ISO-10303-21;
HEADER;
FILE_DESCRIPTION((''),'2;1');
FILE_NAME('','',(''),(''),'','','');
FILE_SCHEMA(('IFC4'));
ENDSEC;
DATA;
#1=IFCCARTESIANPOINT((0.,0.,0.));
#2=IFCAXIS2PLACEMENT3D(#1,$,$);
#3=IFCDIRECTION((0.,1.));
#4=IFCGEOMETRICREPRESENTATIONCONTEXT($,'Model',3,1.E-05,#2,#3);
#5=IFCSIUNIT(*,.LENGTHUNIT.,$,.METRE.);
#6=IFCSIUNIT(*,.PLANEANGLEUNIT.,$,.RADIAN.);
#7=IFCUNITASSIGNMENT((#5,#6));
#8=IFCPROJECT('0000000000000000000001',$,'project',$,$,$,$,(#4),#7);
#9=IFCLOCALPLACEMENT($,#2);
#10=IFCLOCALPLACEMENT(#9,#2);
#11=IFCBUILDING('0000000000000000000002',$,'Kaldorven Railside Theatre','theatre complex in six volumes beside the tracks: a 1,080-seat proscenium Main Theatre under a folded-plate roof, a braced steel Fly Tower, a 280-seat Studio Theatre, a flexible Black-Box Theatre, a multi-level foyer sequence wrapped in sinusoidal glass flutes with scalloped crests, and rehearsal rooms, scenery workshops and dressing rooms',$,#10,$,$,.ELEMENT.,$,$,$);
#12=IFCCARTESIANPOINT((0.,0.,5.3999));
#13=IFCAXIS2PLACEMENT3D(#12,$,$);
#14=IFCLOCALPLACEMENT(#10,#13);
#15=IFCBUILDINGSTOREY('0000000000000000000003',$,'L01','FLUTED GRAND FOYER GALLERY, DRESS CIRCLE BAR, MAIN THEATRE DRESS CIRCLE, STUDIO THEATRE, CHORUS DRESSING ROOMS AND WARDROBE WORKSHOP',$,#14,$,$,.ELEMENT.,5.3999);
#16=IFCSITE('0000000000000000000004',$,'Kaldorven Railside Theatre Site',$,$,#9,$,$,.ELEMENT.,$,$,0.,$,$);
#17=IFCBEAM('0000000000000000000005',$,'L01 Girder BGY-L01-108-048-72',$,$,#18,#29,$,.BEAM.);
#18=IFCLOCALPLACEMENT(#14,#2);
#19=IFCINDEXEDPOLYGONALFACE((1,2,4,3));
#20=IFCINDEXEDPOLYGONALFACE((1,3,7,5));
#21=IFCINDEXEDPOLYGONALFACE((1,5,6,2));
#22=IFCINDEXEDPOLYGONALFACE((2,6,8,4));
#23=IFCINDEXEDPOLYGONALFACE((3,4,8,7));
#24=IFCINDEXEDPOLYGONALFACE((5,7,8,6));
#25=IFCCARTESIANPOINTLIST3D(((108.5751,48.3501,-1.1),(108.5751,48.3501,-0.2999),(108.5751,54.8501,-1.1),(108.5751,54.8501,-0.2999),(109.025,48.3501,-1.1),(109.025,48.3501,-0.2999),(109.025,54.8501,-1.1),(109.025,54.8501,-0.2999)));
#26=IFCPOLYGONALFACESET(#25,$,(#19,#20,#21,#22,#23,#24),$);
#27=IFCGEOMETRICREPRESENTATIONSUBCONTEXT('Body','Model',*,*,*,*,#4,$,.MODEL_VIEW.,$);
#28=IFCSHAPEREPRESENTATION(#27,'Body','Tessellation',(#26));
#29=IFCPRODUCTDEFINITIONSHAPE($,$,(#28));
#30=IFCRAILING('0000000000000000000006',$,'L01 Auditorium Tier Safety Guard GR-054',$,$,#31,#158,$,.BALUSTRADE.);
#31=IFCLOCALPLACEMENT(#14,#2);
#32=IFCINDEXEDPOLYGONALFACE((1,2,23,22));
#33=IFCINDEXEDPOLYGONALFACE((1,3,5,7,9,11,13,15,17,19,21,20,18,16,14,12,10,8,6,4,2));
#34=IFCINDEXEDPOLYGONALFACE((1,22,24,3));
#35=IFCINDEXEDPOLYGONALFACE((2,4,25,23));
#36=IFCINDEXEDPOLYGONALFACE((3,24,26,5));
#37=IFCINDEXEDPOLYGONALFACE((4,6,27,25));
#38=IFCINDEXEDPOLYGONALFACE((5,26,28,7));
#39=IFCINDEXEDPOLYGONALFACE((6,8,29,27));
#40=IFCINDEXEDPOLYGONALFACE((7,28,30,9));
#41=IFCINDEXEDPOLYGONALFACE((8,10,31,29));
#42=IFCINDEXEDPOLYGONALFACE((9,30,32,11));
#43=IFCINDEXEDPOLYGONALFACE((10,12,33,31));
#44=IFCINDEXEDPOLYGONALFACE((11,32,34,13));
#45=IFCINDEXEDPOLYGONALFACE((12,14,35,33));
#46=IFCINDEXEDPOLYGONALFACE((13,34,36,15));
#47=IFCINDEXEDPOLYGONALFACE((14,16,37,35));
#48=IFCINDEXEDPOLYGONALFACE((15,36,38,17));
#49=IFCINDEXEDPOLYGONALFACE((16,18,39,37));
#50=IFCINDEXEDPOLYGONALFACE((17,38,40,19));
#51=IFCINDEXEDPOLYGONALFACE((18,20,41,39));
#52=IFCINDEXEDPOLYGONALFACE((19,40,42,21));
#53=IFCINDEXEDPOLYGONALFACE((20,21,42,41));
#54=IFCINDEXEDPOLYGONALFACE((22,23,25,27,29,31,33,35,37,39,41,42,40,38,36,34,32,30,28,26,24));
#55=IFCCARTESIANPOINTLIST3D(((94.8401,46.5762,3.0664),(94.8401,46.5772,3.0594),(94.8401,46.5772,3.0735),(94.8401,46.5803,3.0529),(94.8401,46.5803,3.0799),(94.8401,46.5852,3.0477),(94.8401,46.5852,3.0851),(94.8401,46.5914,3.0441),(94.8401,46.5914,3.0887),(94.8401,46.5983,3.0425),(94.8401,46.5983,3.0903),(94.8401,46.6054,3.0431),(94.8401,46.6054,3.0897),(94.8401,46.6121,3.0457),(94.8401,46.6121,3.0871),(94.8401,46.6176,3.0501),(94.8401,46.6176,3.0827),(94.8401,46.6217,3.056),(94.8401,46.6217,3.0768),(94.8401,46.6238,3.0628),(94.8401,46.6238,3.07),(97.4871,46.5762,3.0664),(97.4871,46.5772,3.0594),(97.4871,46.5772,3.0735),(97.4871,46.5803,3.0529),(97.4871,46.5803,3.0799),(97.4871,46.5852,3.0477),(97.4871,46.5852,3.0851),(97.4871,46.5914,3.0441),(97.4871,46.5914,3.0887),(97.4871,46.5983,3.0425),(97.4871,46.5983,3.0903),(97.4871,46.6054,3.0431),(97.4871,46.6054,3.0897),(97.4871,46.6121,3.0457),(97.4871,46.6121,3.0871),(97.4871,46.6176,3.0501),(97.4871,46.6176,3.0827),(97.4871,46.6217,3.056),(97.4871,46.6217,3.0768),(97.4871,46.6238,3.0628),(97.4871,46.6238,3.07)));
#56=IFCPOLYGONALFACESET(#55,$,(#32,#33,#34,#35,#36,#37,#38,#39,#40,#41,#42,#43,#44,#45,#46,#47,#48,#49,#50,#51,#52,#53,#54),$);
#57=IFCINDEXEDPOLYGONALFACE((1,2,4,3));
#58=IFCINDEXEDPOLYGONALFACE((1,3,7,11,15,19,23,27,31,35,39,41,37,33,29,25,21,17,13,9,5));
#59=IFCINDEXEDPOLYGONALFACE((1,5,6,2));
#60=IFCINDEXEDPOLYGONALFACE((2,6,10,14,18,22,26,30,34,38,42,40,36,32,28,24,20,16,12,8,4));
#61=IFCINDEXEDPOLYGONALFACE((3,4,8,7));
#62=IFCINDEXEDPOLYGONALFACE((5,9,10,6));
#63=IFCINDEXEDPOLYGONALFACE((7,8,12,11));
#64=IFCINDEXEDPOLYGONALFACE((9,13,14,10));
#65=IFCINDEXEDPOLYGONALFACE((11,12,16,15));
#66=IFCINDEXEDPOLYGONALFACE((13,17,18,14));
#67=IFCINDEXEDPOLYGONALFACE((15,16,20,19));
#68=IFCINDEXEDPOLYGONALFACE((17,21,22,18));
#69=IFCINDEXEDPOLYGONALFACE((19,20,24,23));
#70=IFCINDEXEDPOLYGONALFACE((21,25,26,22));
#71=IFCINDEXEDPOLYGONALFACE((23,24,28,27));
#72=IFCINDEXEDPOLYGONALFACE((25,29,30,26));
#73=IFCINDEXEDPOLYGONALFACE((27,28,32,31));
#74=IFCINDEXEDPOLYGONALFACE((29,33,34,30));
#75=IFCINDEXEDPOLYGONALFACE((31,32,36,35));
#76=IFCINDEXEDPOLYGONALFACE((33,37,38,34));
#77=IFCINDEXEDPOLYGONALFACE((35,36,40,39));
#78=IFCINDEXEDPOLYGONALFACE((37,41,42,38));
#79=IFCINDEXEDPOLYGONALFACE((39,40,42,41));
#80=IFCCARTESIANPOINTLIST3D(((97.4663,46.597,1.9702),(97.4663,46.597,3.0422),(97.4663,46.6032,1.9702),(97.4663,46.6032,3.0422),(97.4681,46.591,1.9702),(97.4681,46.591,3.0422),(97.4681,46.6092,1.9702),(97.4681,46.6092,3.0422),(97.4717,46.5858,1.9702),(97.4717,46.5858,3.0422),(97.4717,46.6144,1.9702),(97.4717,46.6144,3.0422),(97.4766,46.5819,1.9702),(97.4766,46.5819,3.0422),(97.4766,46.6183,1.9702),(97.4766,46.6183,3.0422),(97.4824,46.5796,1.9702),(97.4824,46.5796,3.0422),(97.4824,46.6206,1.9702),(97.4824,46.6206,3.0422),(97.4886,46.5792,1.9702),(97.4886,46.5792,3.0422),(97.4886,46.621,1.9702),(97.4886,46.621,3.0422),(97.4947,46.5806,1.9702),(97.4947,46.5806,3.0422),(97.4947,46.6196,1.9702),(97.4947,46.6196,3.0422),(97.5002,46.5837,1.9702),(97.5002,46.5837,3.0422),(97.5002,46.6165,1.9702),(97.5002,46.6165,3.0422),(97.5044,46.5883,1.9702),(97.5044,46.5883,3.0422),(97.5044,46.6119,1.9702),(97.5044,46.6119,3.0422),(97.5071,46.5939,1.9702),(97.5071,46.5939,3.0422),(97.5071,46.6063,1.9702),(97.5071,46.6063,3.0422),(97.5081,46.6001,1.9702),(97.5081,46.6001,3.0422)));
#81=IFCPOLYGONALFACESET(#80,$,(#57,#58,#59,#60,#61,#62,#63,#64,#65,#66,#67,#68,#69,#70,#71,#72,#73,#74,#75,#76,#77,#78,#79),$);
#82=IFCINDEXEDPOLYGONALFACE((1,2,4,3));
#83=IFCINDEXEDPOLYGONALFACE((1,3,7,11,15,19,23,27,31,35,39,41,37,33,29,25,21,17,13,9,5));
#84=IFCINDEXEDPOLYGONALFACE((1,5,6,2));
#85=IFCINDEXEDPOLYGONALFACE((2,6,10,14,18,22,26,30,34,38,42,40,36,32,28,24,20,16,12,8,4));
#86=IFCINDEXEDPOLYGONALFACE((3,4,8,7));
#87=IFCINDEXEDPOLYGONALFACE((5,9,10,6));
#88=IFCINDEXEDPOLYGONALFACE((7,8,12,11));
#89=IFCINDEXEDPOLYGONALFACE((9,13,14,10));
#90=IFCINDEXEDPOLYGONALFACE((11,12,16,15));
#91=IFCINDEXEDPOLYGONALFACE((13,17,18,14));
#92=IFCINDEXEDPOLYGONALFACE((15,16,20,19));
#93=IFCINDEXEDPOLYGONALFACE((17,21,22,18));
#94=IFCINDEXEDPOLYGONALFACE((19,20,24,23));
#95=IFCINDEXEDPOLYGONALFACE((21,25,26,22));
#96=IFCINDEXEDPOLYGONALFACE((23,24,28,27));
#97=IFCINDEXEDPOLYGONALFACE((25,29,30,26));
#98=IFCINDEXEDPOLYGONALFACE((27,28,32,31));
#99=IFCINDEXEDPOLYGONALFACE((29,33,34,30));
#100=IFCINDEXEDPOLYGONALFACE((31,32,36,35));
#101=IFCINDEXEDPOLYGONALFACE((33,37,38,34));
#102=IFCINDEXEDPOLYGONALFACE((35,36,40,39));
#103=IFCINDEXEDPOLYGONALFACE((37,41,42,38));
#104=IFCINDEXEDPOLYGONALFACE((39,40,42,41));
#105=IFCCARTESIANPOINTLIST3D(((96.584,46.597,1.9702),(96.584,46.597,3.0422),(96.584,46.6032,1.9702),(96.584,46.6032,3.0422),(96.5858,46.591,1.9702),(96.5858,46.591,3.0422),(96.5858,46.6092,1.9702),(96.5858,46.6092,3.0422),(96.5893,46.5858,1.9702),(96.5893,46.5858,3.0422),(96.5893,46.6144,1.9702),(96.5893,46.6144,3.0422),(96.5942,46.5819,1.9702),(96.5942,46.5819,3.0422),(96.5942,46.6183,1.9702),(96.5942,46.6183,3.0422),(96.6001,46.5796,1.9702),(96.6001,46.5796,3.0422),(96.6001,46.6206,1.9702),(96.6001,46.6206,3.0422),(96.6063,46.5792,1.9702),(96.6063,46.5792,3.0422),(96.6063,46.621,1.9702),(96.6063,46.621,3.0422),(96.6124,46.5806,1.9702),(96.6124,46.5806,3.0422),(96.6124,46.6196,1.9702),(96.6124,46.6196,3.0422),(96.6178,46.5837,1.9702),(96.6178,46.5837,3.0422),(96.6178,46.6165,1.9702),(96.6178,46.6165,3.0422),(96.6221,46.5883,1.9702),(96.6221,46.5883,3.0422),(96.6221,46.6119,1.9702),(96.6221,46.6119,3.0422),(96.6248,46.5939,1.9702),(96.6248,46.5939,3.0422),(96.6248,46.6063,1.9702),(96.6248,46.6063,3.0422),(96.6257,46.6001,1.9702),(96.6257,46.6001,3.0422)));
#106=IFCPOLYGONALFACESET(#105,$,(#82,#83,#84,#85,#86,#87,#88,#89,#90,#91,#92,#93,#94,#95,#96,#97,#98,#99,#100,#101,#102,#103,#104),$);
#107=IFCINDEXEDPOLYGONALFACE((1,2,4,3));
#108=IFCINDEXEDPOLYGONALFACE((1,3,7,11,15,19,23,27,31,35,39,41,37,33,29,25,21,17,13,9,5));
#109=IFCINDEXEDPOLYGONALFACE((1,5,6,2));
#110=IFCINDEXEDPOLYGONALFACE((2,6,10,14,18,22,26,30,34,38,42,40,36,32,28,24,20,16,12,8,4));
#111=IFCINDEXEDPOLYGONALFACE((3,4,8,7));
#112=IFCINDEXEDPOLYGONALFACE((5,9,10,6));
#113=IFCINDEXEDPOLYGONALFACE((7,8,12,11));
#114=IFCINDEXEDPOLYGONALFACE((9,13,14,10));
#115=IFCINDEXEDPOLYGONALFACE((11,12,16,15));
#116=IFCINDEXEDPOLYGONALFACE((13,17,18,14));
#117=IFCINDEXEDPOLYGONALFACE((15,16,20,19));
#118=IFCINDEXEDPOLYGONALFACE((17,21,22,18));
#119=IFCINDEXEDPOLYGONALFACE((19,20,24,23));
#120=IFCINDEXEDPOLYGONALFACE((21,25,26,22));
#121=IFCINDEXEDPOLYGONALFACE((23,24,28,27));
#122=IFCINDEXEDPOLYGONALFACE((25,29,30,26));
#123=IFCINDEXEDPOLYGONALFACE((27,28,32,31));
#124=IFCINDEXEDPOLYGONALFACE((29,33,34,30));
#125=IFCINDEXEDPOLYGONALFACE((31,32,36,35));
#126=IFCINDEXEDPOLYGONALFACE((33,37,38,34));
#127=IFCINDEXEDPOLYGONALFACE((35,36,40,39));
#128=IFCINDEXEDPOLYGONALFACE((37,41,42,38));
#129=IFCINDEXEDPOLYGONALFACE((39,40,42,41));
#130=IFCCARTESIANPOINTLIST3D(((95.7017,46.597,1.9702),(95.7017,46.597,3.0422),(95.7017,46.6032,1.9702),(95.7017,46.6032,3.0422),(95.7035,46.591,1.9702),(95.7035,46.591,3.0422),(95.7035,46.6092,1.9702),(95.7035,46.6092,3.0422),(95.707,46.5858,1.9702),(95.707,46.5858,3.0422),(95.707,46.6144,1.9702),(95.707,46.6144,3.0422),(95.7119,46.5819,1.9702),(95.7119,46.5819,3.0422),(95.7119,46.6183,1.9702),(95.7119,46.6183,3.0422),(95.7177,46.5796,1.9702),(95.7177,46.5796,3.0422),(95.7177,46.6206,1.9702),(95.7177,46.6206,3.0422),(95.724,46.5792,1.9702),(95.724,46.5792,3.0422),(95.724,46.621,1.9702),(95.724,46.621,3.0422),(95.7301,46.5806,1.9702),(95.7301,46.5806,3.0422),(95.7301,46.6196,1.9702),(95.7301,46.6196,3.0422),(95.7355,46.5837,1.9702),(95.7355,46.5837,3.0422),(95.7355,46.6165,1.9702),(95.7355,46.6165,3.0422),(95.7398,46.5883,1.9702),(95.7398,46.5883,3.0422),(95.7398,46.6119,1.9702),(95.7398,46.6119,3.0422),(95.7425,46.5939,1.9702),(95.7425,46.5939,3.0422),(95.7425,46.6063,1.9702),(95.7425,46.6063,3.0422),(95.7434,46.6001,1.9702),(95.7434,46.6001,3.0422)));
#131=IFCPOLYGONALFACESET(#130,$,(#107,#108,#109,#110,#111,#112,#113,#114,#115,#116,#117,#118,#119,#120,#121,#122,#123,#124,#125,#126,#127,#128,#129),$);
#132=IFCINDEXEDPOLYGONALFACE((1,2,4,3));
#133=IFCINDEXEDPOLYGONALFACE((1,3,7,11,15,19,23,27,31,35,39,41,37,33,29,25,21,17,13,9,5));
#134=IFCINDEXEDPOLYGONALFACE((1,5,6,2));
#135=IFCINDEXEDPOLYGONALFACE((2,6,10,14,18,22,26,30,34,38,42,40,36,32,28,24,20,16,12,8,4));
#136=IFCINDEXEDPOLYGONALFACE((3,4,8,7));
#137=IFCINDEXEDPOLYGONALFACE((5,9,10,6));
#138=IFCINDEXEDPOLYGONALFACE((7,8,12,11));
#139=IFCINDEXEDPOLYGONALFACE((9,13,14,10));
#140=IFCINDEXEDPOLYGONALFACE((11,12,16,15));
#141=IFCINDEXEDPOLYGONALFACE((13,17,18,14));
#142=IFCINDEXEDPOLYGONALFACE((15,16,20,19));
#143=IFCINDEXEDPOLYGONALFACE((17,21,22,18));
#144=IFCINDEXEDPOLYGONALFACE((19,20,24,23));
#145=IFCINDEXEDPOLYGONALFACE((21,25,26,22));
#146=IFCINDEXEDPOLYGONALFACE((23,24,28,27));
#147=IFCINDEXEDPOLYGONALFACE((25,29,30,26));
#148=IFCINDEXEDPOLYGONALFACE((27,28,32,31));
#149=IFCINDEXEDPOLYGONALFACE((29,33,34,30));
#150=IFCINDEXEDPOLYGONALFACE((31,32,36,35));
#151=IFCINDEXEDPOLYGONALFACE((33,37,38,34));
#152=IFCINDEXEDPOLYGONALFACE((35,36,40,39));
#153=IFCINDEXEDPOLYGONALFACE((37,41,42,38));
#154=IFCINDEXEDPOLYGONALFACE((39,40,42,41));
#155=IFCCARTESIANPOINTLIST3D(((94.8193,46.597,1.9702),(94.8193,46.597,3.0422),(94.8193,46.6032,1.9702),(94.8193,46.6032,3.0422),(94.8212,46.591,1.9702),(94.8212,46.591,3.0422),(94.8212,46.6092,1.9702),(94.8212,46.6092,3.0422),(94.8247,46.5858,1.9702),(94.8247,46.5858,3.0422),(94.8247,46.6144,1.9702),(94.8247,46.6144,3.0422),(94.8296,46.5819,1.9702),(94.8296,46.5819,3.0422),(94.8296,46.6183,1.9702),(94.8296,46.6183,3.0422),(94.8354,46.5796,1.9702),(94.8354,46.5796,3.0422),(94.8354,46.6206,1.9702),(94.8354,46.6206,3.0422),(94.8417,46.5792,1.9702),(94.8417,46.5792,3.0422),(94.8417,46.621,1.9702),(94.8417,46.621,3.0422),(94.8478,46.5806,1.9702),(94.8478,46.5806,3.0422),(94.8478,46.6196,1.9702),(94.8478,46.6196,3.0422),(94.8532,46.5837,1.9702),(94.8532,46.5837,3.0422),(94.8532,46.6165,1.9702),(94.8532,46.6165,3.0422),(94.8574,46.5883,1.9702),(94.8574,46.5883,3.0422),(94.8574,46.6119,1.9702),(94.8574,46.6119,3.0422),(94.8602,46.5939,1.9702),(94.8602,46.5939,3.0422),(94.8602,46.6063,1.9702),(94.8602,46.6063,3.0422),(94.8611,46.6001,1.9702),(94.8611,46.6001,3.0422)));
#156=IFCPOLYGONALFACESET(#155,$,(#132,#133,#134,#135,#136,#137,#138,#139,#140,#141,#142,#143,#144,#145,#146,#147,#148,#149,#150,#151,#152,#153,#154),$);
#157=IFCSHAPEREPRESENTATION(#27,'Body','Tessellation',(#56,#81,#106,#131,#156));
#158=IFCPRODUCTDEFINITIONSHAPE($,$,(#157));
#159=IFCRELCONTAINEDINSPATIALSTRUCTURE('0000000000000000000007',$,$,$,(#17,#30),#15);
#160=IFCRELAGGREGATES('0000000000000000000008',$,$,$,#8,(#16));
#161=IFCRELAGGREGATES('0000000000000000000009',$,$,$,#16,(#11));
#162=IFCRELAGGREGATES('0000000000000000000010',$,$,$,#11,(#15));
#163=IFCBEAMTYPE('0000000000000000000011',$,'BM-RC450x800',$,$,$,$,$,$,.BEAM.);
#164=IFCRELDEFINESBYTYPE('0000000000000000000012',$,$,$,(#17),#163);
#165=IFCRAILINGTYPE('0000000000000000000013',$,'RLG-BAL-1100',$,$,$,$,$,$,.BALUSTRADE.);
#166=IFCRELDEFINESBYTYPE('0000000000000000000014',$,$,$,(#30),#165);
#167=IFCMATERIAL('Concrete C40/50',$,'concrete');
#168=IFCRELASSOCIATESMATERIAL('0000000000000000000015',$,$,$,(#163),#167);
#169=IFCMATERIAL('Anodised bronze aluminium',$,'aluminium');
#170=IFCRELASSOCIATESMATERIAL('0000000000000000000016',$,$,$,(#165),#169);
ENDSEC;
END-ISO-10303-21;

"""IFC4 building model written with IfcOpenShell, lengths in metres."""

from ifc_helpers import new_model, si_unit, direction, frame, origin, origin_2d, place, context, subcontext, project, spatial, rectangle, circle, extrude, material, material_profile, profile_set, type_object, element, save


model = new_model("IFC4")

# Units and contexts
model_context = context("Model", 3, precision=1e-05, world=origin(), true_north=direction((0.0, 1.0)))
body_context = subcontext(model_context, "Body", "Model", "MODEL_VIEW")
ifc_project = project(units=[si_unit("LENGTHUNIT", "METRE"), si_unit("PLANEANGLEUNIT", "RADIAN")], contexts=[model_context])

# Site, building, storey
site_placement = place(None, origin())
site = spatial("IfcSite", under=ifc_project, at=site_placement, Name="Kaldorven Railside Theatre Site", CompositionType="ELEMENT", RefElevation=0.0)
building_placement = place(site_placement, origin())
building = spatial("IfcBuilding", under=site, at=building_placement, Name="Kaldorven Railside Theatre", Description="theatre complex in six volumes beside the tracks: a 1,080-seat proscenium Main Theatre under a folded-plate roof, a braced steel Fly Tower, a 280-seat Studio Theatre, a flexible Black-Box Theatre, a multi-level foyer sequence wrapped in sinusoidal glass flutes with scalloped crests, and rehearsal rooms, scenery workshops and dressing rooms", CompositionType="ELEMENT")
storey_placement = place(building_placement, frame((0.0, 0.0, 5.3999)))
storey = spatial("IfcBuildingStorey", under=building, at=storey_placement, Name="L01", Description="FLUTED GRAND FOYER GALLERY, DRESS CIRCLE BAR, MAIN THEATRE DRESS CIRCLE, STUDIO THEATRE, CHORUS DRESSING ROOMS AND WARDROBE WORKSHOP", CompositionType="ELEMENT", Elevation=5.3999)

# Shared definitions
ifc_material_1 = material(Name="Concrete C40/50", Category="concrete")

# Beam
ifc_material_profile_1 = material_profile(ifc_material_1, rectangle(XDim=0.45, YDim=0.8, at=origin_2d()), Name="RC 450x800")
ifc_profile_set_1 = profile_set([ifc_material_profile_1], Name="Concrete C40/50")
beam_type_1 = type_object("IfcBeamType", Name="BM-RC450x800", PredefinedType="BEAM", material=ifc_profile_set_1)
for number, where, z_axis, x_axis, name in (
    (1, (108.8, 48.3501, -0.7), (0.0, 1.0, 0.0), (-1.0, 0.0, 0.0), "L01 Girder BGY-L01-108-048-72"),
):
    element("IfcBeam", number, at=place(storey_placement, frame(where, z_axis=z_axis, x_axis=x_axis)), inside=storey, type_object=beam_type_1, Name=name, PredefinedType="BEAM", context=body_context, shape_type="SweptSolid", body=[
        extrude(rectangle(XDim=0.45, YDim=0.8, at=origin_2d()), origin(), (0.0, 0.0, 1.0), 6.5),
    ])

# Railing
ifc_material_2 = material(Name="Anodised bronze aluminium", Category="aluminium")
railing_type = type_object("IfcRailingType", Name="RLG-BAL-1100", PredefinedType="BALUSTRADE", material=ifc_material_2)
for number, where, name in (
    (2, (97.4871, 46.6001, 1.9702), "L01 Auditorium Tier Safety Guard GR-054"),
):
    element("IfcRailing", number, at=place(storey_placement, frame(where)), inside=storey, type_object=railing_type, Name=name, PredefinedType="BALUSTRADE", context=body_context, shape_type="SweptSolid", body=[
        extrude(circle(Radius=0.0239, at=origin_2d()), frame((0.0, 0.0, 1.0962), z_axis=(-1.0, 0.0, 0.0), x_axis=(0.0, -1.0, 0.0)), (0.0, 0.0, 1.0), 2.647),
        extrude(circle(Radius=0.021, at=origin_2d()), origin(), (0.0, 0.0, 1.0), 1.072),
        extrude(circle(Radius=0.021, at=origin_2d()), frame((-0.8823, 0.0, 0.0)), (0.0, 0.0, 1.0), 1.072),
        extrude(circle(Radius=0.021, at=origin_2d()), frame((-1.7646, 0.0, 0.0)), (0.0, 0.0, 1.0), 1.072),
        extrude(circle(Radius=0.021, at=origin_2d()), frame((-2.647, 0.0, 0.0)), (0.0, 0.0, 1.0), 1.072),
    ])

save(model, "model.ifc")
